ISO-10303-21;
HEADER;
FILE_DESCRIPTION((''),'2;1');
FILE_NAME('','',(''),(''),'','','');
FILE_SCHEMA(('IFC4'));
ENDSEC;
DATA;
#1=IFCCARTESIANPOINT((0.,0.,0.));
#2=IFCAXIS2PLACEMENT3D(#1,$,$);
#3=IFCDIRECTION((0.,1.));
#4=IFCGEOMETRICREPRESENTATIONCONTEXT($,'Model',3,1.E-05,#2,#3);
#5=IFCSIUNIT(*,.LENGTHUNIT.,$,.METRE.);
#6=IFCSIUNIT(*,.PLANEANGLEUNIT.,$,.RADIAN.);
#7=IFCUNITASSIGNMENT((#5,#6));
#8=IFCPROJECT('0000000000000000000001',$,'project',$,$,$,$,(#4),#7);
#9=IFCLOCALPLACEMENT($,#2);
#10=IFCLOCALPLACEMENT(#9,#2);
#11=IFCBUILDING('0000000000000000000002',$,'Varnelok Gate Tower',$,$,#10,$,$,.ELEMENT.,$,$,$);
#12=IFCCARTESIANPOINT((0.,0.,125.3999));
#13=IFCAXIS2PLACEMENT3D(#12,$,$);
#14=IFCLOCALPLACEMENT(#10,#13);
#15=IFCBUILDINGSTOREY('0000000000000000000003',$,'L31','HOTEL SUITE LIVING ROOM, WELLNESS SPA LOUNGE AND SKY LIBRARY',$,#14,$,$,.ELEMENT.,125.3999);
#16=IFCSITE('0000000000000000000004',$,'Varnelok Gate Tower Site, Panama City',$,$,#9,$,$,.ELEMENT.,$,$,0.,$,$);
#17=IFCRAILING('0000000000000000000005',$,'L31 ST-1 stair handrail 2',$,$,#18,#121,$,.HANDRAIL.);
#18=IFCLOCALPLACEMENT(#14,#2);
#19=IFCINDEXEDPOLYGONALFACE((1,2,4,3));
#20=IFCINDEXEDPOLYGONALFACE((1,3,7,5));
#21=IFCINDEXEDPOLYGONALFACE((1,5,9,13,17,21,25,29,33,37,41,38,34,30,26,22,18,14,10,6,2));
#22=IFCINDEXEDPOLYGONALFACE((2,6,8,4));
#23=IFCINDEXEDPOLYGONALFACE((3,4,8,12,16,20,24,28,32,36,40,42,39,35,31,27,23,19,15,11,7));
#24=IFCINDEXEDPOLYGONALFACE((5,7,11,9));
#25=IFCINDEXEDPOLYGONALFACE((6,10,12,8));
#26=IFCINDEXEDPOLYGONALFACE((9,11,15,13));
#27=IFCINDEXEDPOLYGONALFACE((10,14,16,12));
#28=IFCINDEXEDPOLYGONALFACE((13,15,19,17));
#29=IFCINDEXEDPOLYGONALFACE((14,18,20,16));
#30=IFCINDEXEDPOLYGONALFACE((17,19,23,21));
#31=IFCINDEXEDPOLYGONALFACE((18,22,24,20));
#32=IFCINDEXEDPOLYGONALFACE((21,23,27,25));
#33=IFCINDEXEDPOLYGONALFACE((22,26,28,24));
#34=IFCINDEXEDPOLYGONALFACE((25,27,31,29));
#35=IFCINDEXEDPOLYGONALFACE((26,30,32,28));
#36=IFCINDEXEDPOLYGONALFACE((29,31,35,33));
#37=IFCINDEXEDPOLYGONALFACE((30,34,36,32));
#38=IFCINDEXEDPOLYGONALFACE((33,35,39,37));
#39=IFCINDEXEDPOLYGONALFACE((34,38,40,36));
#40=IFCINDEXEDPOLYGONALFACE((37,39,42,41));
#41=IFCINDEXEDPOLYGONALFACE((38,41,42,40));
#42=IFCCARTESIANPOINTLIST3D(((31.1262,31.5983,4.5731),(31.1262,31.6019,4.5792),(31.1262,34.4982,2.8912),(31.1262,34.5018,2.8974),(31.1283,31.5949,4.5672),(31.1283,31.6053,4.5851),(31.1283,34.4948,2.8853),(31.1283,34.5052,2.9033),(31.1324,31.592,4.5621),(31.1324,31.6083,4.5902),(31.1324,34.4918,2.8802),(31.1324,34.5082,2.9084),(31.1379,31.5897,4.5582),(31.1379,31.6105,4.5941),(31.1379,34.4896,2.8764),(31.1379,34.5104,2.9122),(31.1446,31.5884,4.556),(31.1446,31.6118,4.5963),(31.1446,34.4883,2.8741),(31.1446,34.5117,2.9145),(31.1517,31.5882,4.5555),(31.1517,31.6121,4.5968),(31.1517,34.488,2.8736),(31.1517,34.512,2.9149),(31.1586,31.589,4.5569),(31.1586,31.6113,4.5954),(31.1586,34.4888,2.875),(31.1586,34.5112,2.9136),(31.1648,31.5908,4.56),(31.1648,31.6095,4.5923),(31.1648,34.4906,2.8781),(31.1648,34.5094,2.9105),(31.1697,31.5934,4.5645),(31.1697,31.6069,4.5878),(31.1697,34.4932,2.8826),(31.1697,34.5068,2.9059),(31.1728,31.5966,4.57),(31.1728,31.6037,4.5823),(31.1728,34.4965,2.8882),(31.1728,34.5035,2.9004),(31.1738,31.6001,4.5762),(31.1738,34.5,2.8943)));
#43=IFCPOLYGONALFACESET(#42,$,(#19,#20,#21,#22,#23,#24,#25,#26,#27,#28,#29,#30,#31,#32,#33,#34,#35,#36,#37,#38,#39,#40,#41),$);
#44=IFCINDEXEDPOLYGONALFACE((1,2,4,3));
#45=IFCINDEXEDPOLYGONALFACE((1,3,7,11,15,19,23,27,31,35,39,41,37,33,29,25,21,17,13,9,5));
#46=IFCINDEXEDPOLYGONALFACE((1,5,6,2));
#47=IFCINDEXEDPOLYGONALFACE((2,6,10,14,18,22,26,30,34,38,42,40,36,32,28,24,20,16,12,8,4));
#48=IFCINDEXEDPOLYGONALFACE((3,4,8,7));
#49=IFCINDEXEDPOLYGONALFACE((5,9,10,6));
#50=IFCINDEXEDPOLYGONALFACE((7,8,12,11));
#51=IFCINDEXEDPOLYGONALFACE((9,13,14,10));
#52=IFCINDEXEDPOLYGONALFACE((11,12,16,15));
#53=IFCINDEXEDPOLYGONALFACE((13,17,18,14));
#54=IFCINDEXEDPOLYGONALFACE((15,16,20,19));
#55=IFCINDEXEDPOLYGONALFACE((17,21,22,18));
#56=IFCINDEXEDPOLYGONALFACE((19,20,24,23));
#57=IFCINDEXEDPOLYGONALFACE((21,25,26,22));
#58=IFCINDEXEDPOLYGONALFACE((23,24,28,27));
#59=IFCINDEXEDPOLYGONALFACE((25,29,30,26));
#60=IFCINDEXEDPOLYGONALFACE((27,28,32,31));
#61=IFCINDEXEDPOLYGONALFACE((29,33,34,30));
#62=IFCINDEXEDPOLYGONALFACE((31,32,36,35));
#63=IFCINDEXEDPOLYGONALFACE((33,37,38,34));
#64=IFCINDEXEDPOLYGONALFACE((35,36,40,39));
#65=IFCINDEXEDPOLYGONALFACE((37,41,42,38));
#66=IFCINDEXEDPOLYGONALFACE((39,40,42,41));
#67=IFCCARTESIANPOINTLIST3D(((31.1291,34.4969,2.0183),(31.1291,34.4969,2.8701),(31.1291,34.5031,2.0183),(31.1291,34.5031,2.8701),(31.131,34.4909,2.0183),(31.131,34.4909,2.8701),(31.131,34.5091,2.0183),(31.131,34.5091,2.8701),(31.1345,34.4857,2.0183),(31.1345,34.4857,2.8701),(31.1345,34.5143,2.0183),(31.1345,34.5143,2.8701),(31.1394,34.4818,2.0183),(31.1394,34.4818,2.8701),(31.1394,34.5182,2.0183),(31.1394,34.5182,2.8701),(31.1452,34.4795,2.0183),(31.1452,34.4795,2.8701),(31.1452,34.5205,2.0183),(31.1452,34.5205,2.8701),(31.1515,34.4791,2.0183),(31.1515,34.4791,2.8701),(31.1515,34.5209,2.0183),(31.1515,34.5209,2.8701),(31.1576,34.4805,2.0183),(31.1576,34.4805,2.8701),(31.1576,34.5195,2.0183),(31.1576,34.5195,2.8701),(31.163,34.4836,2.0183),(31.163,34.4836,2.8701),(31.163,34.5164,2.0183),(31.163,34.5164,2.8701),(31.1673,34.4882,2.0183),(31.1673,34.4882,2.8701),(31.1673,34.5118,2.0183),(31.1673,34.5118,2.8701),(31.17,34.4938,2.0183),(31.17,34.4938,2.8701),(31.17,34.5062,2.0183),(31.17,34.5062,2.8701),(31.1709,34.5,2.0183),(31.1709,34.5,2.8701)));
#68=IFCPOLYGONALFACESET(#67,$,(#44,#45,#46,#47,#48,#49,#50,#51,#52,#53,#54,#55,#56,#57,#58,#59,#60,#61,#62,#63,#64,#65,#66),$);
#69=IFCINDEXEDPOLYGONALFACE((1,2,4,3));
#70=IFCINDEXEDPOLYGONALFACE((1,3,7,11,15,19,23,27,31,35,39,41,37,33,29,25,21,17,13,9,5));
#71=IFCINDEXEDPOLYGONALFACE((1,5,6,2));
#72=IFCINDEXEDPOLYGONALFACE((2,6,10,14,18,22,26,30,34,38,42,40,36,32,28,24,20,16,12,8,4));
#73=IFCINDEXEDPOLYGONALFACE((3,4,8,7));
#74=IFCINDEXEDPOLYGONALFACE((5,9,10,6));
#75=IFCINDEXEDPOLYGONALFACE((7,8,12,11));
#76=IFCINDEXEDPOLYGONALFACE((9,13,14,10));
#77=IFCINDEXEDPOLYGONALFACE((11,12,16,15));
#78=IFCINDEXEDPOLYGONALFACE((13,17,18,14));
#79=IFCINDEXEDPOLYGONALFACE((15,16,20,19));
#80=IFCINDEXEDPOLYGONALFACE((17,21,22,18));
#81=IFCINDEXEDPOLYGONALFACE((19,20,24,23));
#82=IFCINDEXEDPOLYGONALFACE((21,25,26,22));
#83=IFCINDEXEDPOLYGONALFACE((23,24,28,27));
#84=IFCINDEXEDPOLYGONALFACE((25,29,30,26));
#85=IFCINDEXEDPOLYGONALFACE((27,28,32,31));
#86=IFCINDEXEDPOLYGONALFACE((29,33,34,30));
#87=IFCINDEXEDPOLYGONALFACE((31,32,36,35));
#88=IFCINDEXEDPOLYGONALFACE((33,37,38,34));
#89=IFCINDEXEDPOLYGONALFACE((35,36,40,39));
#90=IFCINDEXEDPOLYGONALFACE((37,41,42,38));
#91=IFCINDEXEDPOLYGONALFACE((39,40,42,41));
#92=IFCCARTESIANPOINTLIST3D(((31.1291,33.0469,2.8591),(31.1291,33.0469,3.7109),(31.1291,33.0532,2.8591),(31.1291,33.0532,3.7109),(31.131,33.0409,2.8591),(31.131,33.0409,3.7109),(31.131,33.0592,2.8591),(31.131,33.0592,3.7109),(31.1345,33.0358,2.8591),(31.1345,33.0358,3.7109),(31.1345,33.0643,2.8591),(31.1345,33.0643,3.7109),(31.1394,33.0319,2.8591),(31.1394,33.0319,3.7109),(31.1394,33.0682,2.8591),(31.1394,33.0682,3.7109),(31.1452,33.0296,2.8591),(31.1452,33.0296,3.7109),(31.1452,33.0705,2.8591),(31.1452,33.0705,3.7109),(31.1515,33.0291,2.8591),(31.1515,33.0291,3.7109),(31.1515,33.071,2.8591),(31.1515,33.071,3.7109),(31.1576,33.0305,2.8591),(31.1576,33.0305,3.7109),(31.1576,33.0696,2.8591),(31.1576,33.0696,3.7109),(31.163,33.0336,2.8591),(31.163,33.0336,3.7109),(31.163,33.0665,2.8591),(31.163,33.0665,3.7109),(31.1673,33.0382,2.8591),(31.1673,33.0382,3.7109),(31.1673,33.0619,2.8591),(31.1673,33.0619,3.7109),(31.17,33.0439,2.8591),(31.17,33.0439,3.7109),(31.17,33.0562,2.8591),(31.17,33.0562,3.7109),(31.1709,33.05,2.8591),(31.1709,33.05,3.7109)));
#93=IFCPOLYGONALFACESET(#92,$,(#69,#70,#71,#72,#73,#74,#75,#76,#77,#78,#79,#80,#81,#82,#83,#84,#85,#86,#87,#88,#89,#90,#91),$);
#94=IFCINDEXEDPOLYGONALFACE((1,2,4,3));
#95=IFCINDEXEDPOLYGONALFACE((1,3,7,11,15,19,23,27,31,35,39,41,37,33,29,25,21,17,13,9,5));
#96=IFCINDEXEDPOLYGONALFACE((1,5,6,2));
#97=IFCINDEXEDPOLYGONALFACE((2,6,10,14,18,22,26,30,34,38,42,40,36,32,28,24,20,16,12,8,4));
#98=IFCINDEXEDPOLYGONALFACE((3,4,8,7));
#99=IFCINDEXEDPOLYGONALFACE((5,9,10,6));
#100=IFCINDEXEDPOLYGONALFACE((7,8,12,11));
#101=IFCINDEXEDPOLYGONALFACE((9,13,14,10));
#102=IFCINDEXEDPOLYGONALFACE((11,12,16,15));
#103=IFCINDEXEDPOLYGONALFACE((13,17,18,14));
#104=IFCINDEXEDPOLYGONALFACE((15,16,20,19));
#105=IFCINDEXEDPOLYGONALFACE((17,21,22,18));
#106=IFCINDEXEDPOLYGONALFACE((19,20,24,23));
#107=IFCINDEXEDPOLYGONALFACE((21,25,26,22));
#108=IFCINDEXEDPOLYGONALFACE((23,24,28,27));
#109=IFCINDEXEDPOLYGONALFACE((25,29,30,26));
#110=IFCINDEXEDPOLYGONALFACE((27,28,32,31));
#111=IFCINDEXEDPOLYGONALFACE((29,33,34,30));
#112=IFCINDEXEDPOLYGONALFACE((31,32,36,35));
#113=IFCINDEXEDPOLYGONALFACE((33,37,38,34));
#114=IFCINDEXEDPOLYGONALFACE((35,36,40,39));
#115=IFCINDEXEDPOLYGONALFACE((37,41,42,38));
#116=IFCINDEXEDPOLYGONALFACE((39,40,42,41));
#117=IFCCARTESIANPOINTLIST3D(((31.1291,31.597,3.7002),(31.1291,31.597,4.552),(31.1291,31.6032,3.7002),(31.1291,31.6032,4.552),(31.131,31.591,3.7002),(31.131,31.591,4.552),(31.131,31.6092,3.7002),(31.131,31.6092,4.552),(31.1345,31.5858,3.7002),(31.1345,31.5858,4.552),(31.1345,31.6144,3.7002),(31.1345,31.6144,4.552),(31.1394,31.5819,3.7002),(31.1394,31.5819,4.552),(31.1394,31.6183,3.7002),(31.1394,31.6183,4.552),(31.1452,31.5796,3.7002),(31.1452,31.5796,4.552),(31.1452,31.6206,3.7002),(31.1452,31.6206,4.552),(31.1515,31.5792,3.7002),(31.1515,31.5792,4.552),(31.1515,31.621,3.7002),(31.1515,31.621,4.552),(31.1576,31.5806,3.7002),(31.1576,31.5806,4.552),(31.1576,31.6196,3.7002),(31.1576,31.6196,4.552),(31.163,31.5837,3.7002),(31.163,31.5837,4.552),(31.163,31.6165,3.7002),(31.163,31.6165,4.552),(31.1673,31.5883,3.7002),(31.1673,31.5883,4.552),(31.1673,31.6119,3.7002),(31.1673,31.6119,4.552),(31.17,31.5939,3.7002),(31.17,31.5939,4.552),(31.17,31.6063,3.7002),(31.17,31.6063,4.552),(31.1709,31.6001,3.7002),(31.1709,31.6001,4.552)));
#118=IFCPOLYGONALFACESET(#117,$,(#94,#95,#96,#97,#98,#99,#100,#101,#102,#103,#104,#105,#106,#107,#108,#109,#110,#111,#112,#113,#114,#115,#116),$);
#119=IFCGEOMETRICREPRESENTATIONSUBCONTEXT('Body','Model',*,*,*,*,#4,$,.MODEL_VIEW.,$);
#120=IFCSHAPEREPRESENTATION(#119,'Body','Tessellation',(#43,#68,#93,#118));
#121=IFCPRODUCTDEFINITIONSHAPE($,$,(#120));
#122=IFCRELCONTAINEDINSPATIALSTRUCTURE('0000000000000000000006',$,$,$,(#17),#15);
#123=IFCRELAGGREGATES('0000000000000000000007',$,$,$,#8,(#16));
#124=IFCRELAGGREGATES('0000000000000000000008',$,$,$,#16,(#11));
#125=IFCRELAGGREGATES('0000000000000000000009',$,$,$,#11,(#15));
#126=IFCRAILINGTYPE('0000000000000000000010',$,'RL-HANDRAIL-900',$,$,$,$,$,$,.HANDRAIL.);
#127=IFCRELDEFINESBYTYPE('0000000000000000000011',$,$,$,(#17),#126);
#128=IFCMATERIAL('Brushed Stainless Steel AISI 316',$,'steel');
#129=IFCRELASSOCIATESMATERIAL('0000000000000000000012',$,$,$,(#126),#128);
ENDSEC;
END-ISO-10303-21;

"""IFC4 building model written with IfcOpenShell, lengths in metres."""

from ifc_helpers import new_model, si_unit, direction, frame, origin, origin_2d, place, context, subcontext, project, spatial, circle, extrude, material, type_object, element, save


model = new_model("IFC4")

# Units and contexts
model_context = context("Model", 3, precision=1e-05, world=origin(), true_north=direction((0.0, 1.0)))
body_context = subcontext(model_context, "Body", "Model", "MODEL_VIEW")
ifc_project = project(units=[si_unit("LENGTHUNIT", "METRE"), si_unit("PLANEANGLEUNIT", "RADIAN")], contexts=[model_context])

# Site, building, storey
site_placement = place(None, origin())
site = spatial("IfcSite", under=ifc_project, at=site_placement, Name="Varnelok Gate Tower Site, Panama City", CompositionType="ELEMENT", RefElevation=0.0)
building_placement = place(site_placement, origin())
building = spatial("IfcBuilding", under=site, at=building_placement, Name="Varnelok Gate Tower", CompositionType="ELEMENT")
storey_placement = place(building_placement, frame((0.0, 0.0, 125.3999)))
storey = spatial("IfcBuildingStorey", under=building, at=storey_placement, Name="L31", Description="HOTEL SUITE LIVING ROOM, WELLNESS SPA LOUNGE AND SKY LIBRARY", CompositionType="ELEMENT", Elevation=125.3999)

# Railing
ifc_material_1 = material(Name="Brushed Stainless Steel AISI 316", Category="steel")
railing_type_1 = type_object("IfcRailingType", Name="RL-HANDRAIL-900", PredefinedType="HANDRAIL", material=ifc_material_1)
railing_1_placement = place(storey_placement, frame((31.1499, 34.5, 2.0183)))
element("IfcRailing", 1, at=railing_1_placement, inside=storey, type_object=railing_type_1, Name="L31 ST-1 stair handrail 2", PredefinedType="HANDRAIL", context=body_context, shape_type="SweptSolid", body=[
    extrude(circle(Radius=0.0239, at=origin_2d()), frame((0.0, 0.0, 0.876), z_axis=(0.0, -0.865039, 0.501705), x_axis=(1.0, 0.0, 0.0)), (0.0, 0.0, 1.0), 3.3523),
    extrude(circle(Radius=0.021, at=origin_2d()), origin(), (0.0, 0.0, 1.0), 0.8518),
    extrude(circle(Radius=0.021, at=origin_2d()), frame((0.0, -1.45, 0.8408)), (0.0, 0.0, 1.0), 0.8518),
    extrude(circle(Radius=0.021, at=origin_2d()), frame((0.0, -2.8999, 1.6819)), (0.0, 0.0, 1.0), 0.8518),
])

save(model, "model.ifc")
